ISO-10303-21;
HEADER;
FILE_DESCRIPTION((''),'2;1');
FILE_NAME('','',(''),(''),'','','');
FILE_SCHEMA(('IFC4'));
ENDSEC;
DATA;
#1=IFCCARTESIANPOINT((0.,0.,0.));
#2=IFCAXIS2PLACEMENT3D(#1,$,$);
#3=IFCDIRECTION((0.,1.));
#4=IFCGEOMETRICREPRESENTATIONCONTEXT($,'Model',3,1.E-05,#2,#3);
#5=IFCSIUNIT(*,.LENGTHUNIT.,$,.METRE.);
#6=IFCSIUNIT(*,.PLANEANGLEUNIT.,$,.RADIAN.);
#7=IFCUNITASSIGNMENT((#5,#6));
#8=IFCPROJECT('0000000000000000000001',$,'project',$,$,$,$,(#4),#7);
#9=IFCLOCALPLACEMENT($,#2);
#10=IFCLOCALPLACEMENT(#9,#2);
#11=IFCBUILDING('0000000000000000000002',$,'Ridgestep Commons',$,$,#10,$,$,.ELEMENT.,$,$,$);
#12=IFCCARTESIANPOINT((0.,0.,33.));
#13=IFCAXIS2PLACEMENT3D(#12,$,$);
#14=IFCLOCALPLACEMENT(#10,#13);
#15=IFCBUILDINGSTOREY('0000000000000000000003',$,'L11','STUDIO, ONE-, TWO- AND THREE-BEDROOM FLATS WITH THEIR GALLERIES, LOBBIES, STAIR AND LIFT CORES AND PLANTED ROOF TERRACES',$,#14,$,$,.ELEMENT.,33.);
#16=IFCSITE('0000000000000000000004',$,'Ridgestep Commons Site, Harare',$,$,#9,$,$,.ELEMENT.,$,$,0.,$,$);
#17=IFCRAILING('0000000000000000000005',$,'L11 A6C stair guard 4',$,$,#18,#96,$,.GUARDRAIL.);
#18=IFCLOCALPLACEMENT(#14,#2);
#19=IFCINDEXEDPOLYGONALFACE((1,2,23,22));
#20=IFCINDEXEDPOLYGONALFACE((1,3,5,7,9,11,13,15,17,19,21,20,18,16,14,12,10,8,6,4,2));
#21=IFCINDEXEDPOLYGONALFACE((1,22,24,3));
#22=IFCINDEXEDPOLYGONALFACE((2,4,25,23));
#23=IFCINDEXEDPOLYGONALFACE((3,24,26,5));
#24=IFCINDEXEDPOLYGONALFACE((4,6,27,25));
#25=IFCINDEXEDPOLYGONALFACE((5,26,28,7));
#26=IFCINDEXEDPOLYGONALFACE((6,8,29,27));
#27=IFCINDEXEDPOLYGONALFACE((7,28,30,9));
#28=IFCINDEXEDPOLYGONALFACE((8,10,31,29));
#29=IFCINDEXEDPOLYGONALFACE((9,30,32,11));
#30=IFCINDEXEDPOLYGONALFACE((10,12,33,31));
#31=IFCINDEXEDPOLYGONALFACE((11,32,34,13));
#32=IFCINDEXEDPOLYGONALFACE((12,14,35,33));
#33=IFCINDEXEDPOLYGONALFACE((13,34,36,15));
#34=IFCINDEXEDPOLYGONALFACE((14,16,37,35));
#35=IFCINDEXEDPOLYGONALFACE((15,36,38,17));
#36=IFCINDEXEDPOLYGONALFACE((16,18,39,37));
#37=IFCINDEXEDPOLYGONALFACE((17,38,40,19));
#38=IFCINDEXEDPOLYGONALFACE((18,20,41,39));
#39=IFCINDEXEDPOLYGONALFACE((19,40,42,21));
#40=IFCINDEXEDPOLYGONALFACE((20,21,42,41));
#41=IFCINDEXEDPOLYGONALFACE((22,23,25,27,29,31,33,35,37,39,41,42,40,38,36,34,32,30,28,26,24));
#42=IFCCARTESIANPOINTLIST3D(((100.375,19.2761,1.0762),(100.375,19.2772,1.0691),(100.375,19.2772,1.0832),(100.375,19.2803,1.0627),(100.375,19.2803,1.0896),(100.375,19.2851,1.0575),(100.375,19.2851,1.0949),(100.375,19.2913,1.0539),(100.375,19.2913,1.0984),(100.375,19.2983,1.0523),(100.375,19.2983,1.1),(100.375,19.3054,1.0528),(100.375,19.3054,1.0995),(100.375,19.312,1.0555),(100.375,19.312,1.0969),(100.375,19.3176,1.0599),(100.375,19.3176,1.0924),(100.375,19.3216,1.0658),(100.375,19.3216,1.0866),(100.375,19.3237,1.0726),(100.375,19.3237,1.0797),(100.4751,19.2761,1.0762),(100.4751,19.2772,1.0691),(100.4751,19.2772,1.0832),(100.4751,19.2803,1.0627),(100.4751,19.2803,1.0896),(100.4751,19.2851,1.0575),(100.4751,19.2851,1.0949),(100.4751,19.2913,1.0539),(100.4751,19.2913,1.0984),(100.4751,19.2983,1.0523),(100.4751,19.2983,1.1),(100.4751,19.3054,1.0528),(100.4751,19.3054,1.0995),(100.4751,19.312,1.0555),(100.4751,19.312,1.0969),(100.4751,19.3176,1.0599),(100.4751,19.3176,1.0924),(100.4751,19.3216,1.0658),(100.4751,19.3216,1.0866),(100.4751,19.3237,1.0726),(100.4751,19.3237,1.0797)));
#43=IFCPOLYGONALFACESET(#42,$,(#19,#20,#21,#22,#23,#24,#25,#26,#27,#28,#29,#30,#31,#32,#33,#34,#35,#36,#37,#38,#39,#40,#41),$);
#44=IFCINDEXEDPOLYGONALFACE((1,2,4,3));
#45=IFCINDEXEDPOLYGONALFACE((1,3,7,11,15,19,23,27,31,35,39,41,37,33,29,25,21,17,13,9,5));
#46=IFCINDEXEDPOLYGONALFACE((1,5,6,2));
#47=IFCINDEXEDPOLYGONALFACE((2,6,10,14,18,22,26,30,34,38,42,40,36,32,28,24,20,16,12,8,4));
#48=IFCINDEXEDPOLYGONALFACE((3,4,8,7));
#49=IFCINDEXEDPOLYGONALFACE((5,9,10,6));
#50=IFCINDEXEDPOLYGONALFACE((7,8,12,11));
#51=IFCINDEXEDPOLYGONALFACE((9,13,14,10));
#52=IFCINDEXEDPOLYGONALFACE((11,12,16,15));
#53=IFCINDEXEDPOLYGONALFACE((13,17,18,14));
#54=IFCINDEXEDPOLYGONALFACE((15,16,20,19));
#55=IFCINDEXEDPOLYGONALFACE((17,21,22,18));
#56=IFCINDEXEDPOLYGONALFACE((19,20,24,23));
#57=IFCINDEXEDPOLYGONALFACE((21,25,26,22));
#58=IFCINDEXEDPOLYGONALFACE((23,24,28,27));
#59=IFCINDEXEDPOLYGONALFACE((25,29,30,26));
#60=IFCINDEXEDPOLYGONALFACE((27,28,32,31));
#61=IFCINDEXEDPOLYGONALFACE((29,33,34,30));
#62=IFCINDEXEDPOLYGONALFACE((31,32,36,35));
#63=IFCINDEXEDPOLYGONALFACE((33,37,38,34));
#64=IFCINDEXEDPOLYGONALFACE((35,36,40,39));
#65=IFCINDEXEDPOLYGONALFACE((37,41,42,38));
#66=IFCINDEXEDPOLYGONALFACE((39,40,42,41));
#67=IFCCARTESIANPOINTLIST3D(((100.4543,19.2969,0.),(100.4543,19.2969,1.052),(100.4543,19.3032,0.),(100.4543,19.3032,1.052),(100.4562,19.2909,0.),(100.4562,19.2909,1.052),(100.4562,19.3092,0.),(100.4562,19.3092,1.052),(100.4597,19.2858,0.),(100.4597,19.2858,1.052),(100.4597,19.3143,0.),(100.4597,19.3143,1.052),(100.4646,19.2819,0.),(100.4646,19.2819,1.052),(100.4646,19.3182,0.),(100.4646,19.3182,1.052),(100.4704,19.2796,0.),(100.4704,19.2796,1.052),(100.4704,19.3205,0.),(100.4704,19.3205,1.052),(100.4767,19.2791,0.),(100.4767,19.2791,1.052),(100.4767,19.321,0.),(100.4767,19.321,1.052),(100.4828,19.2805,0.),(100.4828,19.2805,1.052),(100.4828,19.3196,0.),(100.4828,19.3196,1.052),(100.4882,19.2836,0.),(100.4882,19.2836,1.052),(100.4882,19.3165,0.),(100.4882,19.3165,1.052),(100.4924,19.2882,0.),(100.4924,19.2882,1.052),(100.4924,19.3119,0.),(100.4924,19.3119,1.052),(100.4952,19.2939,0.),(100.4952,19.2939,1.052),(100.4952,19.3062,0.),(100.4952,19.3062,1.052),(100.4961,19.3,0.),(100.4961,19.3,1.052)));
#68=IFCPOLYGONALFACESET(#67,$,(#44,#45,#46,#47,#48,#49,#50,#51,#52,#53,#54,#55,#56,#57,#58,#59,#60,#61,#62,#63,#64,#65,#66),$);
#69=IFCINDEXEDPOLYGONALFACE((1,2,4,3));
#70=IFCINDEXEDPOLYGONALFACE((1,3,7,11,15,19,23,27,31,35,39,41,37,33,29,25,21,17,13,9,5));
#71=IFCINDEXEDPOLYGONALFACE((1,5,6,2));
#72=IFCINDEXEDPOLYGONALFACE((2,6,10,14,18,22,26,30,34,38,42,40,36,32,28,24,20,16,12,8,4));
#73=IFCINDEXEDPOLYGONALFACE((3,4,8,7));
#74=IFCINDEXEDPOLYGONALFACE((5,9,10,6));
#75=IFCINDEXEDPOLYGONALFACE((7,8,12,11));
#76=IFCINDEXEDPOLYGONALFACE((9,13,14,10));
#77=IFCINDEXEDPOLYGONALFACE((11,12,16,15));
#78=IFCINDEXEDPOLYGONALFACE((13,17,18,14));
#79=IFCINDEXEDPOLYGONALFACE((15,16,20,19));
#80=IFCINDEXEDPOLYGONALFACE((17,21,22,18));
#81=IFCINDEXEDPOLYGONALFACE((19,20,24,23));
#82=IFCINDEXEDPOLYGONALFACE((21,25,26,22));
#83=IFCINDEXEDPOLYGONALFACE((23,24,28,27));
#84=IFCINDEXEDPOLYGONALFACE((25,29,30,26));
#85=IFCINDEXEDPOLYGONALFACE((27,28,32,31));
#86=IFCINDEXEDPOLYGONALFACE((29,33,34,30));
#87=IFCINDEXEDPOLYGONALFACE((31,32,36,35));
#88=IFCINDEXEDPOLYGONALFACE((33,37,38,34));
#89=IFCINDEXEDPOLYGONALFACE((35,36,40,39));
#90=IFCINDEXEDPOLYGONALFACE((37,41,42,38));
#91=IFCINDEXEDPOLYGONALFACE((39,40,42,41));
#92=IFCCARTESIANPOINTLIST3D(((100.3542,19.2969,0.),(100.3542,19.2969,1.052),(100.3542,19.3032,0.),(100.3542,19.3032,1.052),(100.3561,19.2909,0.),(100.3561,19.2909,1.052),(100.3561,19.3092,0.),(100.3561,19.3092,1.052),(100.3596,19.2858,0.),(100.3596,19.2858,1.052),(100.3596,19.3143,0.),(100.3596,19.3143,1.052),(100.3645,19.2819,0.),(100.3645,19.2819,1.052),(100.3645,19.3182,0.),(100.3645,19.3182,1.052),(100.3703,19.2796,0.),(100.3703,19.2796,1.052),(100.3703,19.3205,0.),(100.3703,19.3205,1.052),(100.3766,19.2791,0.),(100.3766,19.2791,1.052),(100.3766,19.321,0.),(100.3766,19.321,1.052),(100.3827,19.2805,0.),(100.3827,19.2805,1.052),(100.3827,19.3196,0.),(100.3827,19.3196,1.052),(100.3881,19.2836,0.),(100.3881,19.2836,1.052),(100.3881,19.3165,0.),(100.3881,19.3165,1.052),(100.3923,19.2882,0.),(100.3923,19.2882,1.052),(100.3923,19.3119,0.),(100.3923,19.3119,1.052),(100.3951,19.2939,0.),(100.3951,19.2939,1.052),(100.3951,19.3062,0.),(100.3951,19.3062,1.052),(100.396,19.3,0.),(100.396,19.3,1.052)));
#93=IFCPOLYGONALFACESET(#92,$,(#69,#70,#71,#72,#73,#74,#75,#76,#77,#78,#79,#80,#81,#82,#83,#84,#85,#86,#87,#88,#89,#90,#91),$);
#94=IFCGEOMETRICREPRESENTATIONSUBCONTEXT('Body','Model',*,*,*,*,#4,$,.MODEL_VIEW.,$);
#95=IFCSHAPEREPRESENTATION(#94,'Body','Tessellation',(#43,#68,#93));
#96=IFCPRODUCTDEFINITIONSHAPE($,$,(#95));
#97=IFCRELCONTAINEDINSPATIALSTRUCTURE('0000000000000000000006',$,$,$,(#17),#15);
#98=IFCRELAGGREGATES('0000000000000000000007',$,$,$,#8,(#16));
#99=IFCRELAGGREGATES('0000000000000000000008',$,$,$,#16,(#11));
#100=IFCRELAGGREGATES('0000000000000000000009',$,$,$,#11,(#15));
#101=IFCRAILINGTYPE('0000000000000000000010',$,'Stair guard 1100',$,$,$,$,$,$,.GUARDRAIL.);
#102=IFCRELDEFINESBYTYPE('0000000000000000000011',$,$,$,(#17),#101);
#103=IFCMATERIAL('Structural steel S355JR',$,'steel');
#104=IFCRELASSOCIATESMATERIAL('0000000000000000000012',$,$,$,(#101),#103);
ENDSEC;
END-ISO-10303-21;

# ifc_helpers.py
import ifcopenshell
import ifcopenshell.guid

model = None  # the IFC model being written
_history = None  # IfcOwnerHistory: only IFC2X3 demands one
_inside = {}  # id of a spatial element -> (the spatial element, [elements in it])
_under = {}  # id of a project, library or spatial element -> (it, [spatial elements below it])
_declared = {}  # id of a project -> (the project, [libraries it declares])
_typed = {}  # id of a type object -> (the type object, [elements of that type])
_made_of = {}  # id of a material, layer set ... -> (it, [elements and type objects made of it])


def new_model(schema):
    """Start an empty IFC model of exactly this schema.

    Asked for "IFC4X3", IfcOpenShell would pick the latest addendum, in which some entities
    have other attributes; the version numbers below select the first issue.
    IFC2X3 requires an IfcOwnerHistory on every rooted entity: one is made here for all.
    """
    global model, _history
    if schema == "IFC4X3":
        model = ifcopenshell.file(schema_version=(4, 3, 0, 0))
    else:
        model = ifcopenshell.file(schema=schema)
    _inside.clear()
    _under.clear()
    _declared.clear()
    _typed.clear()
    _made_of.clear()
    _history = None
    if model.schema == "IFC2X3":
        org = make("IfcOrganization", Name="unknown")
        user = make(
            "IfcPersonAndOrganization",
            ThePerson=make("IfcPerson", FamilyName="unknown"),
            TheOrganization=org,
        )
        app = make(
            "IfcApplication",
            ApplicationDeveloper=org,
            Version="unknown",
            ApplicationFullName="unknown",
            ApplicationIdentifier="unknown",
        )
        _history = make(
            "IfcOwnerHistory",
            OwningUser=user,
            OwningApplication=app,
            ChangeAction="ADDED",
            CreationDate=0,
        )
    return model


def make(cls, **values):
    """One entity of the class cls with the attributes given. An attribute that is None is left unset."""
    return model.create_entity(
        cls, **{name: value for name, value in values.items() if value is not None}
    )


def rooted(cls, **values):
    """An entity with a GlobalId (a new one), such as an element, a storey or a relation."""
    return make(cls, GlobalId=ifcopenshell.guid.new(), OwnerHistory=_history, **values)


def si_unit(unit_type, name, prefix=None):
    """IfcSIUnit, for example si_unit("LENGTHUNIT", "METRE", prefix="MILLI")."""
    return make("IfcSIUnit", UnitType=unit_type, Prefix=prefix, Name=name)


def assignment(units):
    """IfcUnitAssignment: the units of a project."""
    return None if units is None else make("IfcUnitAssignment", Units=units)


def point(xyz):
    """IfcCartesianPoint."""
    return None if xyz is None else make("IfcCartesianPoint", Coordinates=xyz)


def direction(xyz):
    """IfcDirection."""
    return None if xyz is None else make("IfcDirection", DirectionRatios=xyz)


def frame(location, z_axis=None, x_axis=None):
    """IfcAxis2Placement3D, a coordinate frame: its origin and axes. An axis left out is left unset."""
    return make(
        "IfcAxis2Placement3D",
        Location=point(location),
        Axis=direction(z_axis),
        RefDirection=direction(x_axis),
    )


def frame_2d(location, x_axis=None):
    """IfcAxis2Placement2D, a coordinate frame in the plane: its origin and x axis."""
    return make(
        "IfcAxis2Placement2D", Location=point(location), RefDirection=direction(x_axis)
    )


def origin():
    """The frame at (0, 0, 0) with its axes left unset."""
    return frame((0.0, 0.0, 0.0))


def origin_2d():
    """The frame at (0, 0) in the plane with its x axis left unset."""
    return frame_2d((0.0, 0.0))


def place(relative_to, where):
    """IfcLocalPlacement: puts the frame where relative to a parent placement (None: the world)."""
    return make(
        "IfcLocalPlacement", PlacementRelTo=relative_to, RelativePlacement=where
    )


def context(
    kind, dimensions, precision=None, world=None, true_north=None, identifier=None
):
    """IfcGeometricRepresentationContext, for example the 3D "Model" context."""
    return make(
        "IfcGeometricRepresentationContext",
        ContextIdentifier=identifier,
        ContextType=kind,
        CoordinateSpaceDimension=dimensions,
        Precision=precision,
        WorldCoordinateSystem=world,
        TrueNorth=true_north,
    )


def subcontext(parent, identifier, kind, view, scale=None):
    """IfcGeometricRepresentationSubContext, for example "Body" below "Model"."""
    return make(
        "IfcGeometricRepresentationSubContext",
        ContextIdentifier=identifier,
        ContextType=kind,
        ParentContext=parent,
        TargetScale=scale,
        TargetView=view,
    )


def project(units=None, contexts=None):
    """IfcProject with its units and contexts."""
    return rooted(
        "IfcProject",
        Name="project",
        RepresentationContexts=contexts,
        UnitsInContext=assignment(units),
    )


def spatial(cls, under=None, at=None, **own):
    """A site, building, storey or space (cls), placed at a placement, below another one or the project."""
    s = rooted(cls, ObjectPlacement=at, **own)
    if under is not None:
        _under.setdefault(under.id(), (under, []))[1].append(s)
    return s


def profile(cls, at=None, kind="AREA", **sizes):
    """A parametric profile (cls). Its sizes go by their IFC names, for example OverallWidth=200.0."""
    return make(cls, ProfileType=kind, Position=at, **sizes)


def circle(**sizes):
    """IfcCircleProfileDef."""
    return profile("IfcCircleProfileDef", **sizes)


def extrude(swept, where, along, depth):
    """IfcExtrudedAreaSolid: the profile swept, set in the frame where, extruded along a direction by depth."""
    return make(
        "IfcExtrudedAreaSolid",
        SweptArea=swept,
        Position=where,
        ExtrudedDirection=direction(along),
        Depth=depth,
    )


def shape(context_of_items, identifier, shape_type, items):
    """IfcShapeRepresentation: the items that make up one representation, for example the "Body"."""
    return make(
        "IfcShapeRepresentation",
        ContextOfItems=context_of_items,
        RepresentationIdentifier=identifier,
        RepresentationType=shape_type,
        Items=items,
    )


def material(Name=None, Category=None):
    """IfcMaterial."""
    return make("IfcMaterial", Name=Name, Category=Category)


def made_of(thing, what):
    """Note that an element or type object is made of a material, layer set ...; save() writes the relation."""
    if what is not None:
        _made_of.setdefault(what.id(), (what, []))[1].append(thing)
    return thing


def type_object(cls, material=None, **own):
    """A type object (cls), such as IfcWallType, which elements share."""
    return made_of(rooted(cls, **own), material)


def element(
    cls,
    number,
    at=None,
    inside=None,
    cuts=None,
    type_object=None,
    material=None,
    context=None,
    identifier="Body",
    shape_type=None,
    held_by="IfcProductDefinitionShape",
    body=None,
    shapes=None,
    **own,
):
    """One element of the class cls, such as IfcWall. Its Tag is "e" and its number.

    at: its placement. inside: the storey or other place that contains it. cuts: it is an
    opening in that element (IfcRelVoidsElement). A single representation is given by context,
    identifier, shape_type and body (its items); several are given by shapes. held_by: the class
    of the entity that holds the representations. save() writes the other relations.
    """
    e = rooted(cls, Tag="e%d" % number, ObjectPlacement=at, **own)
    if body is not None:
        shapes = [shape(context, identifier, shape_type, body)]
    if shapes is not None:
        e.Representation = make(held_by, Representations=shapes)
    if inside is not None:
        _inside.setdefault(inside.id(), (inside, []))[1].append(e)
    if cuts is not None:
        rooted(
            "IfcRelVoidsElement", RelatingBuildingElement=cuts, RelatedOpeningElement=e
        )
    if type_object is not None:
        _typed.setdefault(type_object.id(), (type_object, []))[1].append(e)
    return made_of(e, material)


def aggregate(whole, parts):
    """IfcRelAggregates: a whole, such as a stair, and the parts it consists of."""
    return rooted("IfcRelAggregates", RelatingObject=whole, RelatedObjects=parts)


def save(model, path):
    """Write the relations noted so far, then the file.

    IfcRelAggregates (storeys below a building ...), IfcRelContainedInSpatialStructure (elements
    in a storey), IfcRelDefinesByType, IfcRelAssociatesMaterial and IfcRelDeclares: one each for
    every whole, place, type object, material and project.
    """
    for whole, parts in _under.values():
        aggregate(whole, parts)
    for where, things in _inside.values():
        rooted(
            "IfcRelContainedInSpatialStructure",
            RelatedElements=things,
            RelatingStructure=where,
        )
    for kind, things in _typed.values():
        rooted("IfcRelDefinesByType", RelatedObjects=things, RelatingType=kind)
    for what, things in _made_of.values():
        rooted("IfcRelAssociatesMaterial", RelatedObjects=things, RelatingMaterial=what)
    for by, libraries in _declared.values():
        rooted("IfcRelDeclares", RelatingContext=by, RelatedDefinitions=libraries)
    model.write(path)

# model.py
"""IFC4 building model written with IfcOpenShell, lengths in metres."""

from ifc_helpers import new_model, si_unit, direction, frame, origin, origin_2d, place, context, subcontext, project, spatial, circle, extrude, material, type_object, element, save


model = new_model("IFC4")

# Units and contexts
model_context = context("Model", 3, precision=1e-05, world=origin(), true_north=direction((0.0, 1.0)))
body_context = subcontext(model_context, "Body", "Model", "MODEL_VIEW")
ifc_project = project(units=[si_unit("LENGTHUNIT", "METRE"), si_unit("PLANEANGLEUNIT", "RADIAN")], contexts=[model_context])

# Site, building, storey
site_placement = place(None, origin())
site = spatial("IfcSite", under=ifc_project, at=site_placement, Name="Ridgestep Commons Site, Harare", CompositionType="ELEMENT", RefElevation=0.0)
building_placement = place(site_placement, origin())
building = spatial("IfcBuilding", under=site, at=building_placement, Name="Ridgestep Commons", CompositionType="ELEMENT")
storey_placement = place(building_placement, frame((0.0, 0.0, 33.0)))
storey = spatial("IfcBuildingStorey", under=building, at=storey_placement, Name="L11", Description="STUDIO, ONE-, TWO- AND THREE-BEDROOM FLATS WITH THEIR GALLERIES, LOBBIES, STAIR AND LIFT CORES AND PLANTED ROOF TERRACES", CompositionType="ELEMENT", Elevation=33.0)

# Railing
ifc_material_1 = material(Name="Structural steel S355JR", Category="steel")
railing_type_1 = type_object("IfcRailingType", Name="Stair guard 1100", PredefinedType="GUARDRAIL", material=ifc_material_1)
railing_1_placement = place(storey_placement, frame((100.4751, 19.3, 0.0)))
element("IfcRailing", 1, at=railing_1_placement, inside=storey, type_object=railing_type_1, Name="L11 A6C stair guard 4", PredefinedType="GUARDRAIL", context=body_context, shape_type="SweptSolid", body=[
    extrude(circle(Radius=0.0239, at=origin_2d()), frame((0.0, 0.0, 1.0762), z_axis=(-1.0, 0.0, 0.0), x_axis=(0.0, -1.0, 0.0)), (0.0, 0.0, 1.0), 0.1001),
    extrude(circle(Radius=0.021, at=origin_2d()), origin(), (0.0, 0.0, 1.0), 1.052),
    extrude(circle(Radius=0.021, at=origin_2d()), frame((-0.1001, 0.0, 0.0)), (0.0, 0.0, 1.0), 1.052),
])

save(model, "model.ifc")
